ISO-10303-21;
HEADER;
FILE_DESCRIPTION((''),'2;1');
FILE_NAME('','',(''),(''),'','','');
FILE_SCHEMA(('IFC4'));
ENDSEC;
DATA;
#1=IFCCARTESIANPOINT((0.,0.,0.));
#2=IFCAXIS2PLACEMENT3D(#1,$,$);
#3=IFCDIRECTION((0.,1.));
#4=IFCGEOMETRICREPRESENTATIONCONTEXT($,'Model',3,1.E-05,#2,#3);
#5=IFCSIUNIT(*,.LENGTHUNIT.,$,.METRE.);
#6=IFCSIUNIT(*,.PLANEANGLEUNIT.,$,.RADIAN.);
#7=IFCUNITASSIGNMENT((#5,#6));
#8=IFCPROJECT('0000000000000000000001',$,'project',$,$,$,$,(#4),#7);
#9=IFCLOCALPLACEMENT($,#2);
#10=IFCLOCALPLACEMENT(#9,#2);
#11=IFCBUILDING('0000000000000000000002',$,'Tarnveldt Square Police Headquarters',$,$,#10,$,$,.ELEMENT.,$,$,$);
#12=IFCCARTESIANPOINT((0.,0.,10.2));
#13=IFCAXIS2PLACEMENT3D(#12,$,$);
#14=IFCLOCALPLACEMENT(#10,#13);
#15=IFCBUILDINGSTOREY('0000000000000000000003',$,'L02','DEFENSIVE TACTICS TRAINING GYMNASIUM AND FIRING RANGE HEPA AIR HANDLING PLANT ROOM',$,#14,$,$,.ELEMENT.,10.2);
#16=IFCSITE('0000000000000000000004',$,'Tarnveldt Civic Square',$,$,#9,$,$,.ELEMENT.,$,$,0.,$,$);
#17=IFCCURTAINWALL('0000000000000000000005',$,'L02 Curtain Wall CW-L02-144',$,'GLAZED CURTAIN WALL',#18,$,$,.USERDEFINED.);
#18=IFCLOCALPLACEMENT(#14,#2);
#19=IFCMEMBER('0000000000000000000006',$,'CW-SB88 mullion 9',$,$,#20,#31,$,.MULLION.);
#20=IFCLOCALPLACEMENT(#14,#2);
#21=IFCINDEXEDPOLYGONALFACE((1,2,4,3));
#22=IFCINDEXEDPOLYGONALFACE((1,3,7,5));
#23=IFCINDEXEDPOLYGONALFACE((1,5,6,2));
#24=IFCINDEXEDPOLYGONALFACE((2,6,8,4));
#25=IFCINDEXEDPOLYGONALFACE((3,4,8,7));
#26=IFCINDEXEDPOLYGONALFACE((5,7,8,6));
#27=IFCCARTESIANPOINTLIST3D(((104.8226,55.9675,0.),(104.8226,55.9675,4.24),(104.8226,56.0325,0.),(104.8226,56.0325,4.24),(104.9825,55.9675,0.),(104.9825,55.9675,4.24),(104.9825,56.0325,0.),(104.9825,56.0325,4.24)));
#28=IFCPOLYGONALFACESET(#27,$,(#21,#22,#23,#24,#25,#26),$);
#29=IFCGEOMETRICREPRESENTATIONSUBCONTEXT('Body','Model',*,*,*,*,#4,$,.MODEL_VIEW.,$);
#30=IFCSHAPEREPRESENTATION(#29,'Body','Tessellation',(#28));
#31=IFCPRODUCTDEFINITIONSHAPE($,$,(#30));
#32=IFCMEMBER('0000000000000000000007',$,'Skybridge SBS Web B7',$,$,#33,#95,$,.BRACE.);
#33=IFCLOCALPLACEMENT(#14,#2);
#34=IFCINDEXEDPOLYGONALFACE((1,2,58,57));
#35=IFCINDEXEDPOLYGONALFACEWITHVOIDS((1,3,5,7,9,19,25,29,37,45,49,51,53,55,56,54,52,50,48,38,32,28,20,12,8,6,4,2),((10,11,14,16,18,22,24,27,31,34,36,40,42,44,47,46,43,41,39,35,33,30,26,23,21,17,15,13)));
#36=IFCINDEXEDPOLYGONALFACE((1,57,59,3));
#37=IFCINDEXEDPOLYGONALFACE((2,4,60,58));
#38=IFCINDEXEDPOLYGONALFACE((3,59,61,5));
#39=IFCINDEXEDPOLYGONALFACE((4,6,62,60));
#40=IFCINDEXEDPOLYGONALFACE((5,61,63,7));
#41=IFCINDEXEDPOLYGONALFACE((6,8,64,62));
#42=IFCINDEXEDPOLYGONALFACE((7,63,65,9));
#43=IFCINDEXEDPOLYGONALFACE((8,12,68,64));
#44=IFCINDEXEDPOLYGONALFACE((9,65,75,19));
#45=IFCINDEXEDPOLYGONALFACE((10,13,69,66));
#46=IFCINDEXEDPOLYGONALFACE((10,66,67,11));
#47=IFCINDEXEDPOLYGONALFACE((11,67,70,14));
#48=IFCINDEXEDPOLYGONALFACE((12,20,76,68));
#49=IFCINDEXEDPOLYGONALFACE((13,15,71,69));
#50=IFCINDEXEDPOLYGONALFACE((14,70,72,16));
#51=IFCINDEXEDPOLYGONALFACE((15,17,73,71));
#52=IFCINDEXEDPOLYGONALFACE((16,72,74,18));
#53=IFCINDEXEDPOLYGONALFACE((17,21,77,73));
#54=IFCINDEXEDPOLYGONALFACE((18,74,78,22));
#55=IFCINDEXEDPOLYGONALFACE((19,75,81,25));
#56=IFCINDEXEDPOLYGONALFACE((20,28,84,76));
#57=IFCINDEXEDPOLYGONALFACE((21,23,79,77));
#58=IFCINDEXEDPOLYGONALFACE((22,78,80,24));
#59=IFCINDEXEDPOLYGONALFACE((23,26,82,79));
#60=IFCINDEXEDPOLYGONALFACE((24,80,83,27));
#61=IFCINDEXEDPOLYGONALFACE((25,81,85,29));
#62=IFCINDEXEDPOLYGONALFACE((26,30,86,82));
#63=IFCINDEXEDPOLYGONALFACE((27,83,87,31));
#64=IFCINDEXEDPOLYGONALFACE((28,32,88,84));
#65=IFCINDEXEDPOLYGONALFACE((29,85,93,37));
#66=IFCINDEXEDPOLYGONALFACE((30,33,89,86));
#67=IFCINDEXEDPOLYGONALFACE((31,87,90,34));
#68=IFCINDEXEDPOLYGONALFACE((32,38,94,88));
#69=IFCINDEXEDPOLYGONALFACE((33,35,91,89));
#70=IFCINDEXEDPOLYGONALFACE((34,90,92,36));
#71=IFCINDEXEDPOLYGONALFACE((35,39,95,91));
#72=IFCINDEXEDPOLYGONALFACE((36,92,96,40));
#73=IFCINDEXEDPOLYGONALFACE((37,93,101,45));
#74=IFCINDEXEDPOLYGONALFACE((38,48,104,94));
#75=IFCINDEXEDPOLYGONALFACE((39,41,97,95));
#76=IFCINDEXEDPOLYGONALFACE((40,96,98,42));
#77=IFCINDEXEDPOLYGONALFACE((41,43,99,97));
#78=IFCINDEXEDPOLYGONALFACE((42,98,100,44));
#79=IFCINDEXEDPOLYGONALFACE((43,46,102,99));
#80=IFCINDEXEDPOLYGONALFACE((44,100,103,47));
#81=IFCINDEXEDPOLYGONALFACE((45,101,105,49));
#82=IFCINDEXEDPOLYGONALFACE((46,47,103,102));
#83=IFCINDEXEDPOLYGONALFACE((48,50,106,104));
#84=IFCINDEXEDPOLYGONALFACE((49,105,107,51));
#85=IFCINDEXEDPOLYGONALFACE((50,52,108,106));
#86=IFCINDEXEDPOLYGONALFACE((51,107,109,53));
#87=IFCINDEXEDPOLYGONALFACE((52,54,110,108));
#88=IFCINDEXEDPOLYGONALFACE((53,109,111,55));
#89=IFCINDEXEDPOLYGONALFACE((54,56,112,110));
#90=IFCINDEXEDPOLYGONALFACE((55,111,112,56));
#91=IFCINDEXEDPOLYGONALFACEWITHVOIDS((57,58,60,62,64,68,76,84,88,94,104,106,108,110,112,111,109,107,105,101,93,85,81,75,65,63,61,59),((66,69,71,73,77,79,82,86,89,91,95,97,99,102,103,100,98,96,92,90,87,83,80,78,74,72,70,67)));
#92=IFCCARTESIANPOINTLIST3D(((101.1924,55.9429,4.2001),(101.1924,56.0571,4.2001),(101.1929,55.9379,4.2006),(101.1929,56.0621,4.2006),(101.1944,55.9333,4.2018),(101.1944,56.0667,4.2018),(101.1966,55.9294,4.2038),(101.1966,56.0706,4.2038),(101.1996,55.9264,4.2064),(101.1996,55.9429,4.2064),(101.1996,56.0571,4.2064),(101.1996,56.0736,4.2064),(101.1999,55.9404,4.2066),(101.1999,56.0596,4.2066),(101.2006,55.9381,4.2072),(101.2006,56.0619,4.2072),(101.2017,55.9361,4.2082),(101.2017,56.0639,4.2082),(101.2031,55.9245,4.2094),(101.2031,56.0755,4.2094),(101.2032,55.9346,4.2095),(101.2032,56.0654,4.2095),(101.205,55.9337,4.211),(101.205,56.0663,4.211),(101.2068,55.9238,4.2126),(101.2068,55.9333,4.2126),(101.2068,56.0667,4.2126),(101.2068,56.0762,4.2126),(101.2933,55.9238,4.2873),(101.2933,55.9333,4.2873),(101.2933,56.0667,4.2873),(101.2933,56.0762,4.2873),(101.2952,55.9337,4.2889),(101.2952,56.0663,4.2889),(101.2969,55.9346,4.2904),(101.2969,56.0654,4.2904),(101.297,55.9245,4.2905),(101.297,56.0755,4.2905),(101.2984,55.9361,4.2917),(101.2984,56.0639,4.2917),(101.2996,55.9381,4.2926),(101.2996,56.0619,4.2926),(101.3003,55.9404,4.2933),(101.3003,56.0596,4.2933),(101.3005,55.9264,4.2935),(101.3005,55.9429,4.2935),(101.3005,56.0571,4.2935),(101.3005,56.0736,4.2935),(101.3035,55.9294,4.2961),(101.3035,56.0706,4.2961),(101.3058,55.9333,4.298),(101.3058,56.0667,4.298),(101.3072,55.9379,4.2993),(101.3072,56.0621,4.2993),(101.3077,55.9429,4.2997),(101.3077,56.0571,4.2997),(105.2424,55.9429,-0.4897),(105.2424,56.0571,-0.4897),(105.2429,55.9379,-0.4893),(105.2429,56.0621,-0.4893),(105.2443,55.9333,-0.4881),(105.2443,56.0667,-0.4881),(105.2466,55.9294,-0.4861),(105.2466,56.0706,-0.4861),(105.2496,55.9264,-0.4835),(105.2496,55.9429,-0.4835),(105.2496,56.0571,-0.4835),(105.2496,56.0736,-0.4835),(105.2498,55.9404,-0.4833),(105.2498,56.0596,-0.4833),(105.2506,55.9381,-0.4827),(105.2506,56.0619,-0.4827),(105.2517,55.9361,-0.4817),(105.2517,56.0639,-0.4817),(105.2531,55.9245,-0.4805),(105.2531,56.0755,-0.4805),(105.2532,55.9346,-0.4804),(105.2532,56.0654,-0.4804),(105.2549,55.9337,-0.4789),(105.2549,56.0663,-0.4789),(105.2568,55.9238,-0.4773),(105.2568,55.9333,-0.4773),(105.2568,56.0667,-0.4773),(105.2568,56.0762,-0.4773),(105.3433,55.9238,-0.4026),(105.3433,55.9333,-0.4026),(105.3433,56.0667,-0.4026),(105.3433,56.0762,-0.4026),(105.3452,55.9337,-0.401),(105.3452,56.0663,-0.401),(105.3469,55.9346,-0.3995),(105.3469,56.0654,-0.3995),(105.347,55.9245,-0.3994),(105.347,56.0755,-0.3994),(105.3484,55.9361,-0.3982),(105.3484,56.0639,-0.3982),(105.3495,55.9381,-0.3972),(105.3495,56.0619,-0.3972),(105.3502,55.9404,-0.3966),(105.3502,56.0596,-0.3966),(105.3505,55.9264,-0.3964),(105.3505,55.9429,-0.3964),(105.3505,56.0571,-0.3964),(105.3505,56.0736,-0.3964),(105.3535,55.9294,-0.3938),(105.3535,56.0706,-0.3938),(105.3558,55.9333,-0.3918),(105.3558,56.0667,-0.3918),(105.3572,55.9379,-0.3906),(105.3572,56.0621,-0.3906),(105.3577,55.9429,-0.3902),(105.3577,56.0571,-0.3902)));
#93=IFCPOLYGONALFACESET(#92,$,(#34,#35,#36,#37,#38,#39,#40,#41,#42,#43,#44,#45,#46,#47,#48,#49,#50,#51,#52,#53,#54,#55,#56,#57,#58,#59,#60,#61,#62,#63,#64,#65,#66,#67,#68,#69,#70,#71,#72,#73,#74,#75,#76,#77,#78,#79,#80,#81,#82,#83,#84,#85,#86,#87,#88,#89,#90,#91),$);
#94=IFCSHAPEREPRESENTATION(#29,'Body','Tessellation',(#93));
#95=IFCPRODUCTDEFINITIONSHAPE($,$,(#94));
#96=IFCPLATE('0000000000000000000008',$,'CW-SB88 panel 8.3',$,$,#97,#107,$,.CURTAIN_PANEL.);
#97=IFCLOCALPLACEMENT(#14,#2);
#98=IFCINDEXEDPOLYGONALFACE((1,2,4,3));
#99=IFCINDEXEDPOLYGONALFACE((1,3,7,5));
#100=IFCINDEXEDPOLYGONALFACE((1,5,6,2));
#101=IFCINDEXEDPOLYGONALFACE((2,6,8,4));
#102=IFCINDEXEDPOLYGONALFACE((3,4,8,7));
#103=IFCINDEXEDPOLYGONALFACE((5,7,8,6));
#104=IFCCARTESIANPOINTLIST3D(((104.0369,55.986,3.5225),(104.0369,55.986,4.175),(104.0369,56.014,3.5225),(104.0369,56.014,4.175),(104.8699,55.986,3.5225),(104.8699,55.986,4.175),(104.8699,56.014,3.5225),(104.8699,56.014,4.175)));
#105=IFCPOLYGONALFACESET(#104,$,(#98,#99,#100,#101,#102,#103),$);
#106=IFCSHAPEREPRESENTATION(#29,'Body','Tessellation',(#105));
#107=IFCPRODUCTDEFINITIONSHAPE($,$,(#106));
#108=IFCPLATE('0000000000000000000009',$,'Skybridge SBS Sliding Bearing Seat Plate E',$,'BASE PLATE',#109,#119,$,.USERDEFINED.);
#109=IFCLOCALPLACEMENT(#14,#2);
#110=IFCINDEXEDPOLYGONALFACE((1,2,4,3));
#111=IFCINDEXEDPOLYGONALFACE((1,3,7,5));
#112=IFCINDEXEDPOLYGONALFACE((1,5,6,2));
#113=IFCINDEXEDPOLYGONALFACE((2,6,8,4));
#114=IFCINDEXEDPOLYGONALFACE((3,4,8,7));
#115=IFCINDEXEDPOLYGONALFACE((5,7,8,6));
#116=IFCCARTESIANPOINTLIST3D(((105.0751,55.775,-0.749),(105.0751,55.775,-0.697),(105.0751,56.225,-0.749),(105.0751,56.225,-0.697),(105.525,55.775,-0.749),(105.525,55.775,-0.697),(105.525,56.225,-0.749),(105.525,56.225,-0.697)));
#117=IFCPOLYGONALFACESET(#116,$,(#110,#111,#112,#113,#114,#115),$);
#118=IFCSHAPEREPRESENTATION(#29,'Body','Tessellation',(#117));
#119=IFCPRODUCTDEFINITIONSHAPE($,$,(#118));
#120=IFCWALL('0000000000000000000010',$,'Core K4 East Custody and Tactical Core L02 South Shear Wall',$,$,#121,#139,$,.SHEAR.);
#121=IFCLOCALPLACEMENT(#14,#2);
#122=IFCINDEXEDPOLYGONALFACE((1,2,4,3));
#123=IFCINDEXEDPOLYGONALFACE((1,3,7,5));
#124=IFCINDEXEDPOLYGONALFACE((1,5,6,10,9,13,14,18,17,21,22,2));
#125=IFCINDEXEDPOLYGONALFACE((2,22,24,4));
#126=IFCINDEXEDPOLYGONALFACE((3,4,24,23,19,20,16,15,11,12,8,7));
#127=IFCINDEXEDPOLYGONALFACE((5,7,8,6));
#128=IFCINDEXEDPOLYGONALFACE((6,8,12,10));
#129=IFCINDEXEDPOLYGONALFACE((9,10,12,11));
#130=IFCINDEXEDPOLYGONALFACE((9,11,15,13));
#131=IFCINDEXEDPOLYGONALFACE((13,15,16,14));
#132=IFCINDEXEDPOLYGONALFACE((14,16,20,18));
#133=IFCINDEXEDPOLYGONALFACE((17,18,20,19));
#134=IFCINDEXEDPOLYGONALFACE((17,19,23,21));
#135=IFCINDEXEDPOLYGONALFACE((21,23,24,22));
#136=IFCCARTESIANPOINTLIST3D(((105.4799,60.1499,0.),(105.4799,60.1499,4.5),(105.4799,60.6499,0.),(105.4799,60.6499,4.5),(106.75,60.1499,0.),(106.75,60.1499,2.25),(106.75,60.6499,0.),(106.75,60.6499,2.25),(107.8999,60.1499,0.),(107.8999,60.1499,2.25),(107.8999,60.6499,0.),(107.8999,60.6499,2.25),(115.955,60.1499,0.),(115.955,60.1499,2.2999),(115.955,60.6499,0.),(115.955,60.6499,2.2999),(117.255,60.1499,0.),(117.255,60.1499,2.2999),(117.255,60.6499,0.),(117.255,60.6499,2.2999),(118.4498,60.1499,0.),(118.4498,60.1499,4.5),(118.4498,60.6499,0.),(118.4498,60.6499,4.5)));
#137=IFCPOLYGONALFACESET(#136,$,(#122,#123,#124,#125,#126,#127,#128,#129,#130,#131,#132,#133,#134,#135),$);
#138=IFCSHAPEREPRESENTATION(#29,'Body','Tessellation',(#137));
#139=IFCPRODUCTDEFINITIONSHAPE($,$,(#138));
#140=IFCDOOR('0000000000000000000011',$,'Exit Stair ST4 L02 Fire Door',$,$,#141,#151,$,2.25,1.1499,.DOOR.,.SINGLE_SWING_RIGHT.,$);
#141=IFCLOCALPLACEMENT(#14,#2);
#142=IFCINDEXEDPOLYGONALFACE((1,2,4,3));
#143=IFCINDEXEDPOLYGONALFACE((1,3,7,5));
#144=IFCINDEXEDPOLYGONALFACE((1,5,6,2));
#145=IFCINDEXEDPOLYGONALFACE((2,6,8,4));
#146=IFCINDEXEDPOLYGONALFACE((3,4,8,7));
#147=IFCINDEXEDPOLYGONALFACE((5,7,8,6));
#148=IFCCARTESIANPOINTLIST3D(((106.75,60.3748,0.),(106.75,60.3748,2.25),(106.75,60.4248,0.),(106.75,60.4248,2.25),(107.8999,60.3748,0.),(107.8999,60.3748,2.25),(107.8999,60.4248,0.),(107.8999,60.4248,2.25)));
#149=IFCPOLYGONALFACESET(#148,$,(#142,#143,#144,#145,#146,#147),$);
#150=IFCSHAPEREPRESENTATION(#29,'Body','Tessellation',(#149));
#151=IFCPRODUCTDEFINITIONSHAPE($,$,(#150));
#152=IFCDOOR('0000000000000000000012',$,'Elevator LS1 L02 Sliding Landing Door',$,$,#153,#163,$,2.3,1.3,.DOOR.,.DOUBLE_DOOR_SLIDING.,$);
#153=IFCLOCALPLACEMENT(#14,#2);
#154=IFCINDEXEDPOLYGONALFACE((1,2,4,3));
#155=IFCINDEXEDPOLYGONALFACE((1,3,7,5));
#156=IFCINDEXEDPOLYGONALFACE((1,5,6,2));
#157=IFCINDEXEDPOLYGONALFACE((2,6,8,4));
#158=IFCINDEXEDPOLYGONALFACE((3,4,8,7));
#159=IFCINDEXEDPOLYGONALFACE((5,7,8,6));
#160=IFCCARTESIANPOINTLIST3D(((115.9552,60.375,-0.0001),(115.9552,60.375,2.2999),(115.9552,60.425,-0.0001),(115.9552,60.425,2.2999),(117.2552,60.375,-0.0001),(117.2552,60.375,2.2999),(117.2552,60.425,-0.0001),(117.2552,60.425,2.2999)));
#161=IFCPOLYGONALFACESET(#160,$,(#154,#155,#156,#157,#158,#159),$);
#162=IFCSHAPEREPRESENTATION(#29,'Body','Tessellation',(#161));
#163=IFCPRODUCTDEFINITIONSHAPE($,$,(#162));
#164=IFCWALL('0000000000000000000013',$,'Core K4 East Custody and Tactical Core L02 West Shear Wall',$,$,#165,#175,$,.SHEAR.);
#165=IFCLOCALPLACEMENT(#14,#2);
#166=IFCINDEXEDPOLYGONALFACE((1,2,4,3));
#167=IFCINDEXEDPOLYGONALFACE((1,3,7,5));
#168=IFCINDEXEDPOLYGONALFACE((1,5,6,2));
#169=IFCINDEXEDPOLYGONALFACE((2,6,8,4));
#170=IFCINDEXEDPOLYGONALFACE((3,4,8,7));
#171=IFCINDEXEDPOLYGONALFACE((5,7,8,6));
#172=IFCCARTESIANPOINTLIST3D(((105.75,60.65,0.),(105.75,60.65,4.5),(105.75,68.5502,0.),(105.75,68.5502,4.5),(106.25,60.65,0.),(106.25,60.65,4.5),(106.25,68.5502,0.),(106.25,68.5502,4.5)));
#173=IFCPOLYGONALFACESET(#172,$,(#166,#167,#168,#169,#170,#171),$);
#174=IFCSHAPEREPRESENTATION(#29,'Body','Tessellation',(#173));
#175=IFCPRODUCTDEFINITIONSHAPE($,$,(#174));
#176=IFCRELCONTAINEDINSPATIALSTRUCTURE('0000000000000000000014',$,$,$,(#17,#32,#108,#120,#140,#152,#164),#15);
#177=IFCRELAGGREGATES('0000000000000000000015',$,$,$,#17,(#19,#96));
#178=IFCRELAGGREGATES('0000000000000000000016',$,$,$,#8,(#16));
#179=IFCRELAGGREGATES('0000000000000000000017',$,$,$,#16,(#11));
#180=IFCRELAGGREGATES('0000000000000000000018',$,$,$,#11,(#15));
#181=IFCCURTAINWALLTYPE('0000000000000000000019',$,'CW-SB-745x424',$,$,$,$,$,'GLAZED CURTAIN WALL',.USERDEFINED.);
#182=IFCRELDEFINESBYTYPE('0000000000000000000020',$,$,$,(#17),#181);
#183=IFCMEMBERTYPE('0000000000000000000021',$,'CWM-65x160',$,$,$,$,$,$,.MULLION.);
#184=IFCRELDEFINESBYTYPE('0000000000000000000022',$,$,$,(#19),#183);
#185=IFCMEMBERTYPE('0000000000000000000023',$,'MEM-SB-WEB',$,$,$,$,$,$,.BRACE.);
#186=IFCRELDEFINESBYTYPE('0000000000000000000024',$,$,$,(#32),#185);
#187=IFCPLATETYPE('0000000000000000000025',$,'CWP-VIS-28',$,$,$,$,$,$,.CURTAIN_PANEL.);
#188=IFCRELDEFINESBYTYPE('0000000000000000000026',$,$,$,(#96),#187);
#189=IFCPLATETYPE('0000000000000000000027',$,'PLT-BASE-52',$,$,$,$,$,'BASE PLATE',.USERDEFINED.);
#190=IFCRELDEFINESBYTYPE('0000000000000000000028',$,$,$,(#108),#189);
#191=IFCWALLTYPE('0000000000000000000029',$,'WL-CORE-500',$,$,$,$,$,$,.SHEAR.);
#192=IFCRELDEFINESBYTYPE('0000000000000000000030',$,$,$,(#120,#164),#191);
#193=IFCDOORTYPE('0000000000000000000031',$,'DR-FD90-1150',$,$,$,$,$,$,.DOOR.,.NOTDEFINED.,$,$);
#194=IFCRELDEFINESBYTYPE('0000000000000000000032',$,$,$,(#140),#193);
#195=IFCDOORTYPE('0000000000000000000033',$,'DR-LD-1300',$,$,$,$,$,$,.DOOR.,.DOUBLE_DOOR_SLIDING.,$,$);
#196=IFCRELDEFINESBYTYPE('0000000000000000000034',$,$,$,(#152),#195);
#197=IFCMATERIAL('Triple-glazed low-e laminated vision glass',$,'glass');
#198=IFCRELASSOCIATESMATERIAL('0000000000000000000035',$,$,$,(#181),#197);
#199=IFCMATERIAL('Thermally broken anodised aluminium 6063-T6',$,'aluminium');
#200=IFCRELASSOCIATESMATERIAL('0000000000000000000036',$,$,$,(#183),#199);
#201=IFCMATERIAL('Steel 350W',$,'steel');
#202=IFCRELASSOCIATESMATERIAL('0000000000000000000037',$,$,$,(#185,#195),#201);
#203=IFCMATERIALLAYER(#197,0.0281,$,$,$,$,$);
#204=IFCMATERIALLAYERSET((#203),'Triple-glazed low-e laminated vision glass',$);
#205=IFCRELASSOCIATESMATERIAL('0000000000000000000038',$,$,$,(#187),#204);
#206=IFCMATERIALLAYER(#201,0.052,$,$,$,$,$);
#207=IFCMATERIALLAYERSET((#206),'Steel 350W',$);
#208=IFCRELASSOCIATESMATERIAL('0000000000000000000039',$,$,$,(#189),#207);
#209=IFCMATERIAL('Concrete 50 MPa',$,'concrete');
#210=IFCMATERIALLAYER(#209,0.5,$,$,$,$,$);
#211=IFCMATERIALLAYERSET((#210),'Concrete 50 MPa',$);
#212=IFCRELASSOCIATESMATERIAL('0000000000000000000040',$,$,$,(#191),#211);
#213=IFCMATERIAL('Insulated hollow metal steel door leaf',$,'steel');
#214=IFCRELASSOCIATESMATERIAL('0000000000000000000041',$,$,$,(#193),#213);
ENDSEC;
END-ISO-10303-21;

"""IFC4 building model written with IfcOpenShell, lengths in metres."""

from ifc_helpers import new_model, si_unit, direction, frame, frame_2d, origin, origin_2d, place, context, subcontext, project, spatial, rectangle, hollow_rectangle, extrude, material, layer, layer_set, material_profile, profile_set, type_object, element, fill, aggregate, save


model = new_model("IFC4")

# Units and contexts
model_context = context("Model", 3, precision=1e-05, world=origin(), true_north=direction((0.0, 1.0)))
body_context = subcontext(model_context, "Body", "Model", "MODEL_VIEW")
ifc_project = project(units=[si_unit("LENGTHUNIT", "METRE"), si_unit("PLANEANGLEUNIT", "RADIAN")], contexts=[model_context])

# Site, building, storey
site_placement = place(None, origin())
site = spatial("IfcSite", under=ifc_project, at=site_placement, Name="Tarnveldt Civic Square", CompositionType="ELEMENT", RefElevation=0.0)
building_placement = place(site_placement, origin())
building = spatial("IfcBuilding", under=site, at=building_placement, Name="Tarnveldt Square Police Headquarters", CompositionType="ELEMENT")
storey_placement = place(building_placement, frame((0.0, 0.0, 10.2)))
storey = spatial("IfcBuildingStorey", under=building, at=storey_placement, Name="L02", Description="DEFENSIVE TACTICS TRAINING GYMNASIUM AND FIRING RANGE HEPA AIR HANDLING PLANT ROOM", CompositionType="ELEMENT", Elevation=10.2)

# Shared definitions
ifc_material_1 = material(Name="Concrete 50 MPa", Category="concrete")

# Shared definitions
ifc_material_2 = material(Name="Steel 350W", Category="steel")

# Curtain wall, member
ifc_material_3 = material(Name="Triple-glazed low-e laminated vision glass", Category="glass")
curtain_wall_type = type_object("IfcCurtainWallType", Name="CW-SB-745x424", ElementType="GLAZED CURTAIN WALL", PredefinedType="USERDEFINED", material=ifc_material_3)
curtain_wall_placement = place(storey_placement, origin())
curtain_wall = element("IfcCurtainWall", 1, at=curtain_wall_placement, inside=storey, type_object=curtain_wall_type, Name="L02 Curtain Wall CW-L02-144", ObjectType="GLAZED CURTAIN WALL", PredefinedType="USERDEFINED")
ifc_material_4 = material(Name="Thermally broken anodised aluminium 6063-T6", Category="aluminium")
ifc_material_profile_1 = material_profile(ifc_material_4, rectangle(XDim=0.0649, YDim=0.1599, at=origin_2d()), Name="CW-M65x160")
ifc_profile_set_1 = profile_set([ifc_material_profile_1], Name="Thermally broken anodised aluminium 6063-T6")
member_type_1 = type_object("IfcMemberType", Name="CWM-65x160", PredefinedType="MULLION", material=ifc_profile_set_1)
member_1_placement = place(storey_placement, frame((104.9026, 56.0, 0.0), z_axis=(0.0, 0.0, 1.0), x_axis=(0.0, 1.0, 0.0)))
member_1 = element("IfcMember", 2, at=member_1_placement, type_object=member_type_1, Name="CW-SB88 mullion 9", PredefinedType="MULLION", context=body_context, shape_type="SweptSolid", body=[
    extrude(rectangle(XDim=0.0649, YDim=0.1599, at=origin_2d()), origin(), (0.0, 0.0, 1.0), 4.24),
])

# Member
ifc_material_profile_2 = material_profile(ifc_material_2, hollow_rectangle(XDim=0.1523, YDim=0.1523, WallThickness=0.0095, InnerFilletRadius=0.0095, OuterFilletRadius=0.019, at=origin_2d()), Name="HSS152x152x9.5")
ifc_profile_set_2 = profile_set([ifc_material_profile_2], Name="Steel 350W")
member_type_2 = type_object("IfcMemberType", Name="MEM-SB-WEB", PredefinedType="BRACE", material=ifc_profile_set_2)
member_2_placement = place(storey_placement, frame((105.3, 56.0, -0.4399), z_axis=(-0.653587, 0.0, 0.756851), x_axis=(0.0, -1.0, 0.0)))
element("IfcMember", 3, at=member_2_placement, inside=storey, type_object=member_type_2, Name="Skybridge SBS Web B7", PredefinedType="BRACE", context=body_context, shape_type="SweptSolid", body=[
    extrude(hollow_rectangle(XDim=0.1523, YDim=0.1523, WallThickness=0.0095, InnerFilletRadius=0.0095, OuterFilletRadius=0.019, at=origin_2d()), origin(), (0.0, 0.0, 1.0), 6.1965),
])

# Plates
ifc_layer_1 = layer(ifc_material_3, 0.0281)
ifc_layer_set_1 = layer_set([ifc_layer_1], Name="Triple-glazed low-e laminated vision glass")
plate_type_1 = type_object("IfcPlateType", Name="CWP-VIS-28", PredefinedType="CURTAIN_PANEL", material=ifc_layer_set_1)
plate_1_placement = place(storey_placement, frame((104.4534, 56.0, 3.5225), z_axis=(0.0, 0.0, 1.0), x_axis=(1.0, 0.0, 0.0)))
plate_1 = element("IfcPlate", 4, at=plate_1_placement, type_object=plate_type_1, Name="CW-SB88 panel 8.3", PredefinedType="CURTAIN_PANEL", context=body_context, shape_type="SweptSolid", body=[
    extrude(rectangle(XDim=0.833, YDim=0.0281, at=origin_2d()), origin(), (0.0, 0.0, 1.0), 0.6526),
])
aggregate(curtain_wall, [member_1, plate_1])
ifc_layer_2 = layer(ifc_material_2, 0.052)
ifc_layer_set_2 = layer_set([ifc_layer_2], Name="Steel 350W")
plate_type_2 = type_object("IfcPlateType", Name="PLT-BASE-52", ElementType="BASE PLATE", PredefinedType="USERDEFINED", material=ifc_layer_set_2)
plate_2_placement = place(storey_placement, frame((105.3, 56.0, -0.749), z_axis=(0.0, 0.0, 1.0), x_axis=(1.0, 0.0, 0.0)))
element("IfcPlate", 5, at=plate_2_placement, inside=storey, type_object=plate_type_2, Name="Skybridge SBS Sliding Bearing Seat Plate E", ObjectType="BASE PLATE", PredefinedType="USERDEFINED", context=body_context, shape_type="SweptSolid", body=[
    extrude(rectangle(XDim=0.45, YDim=0.45, at=origin_2d()), origin(), (0.0, 0.0, 1.0), 0.052),
])

# Wall, openings, doors
ifc_layer_3 = layer(ifc_material_1, 0.5)
ifc_layer_set_3 = layer_set([ifc_layer_3], Name="Concrete 50 MPa")
wall_type_1 = type_object("IfcWallType", Name="WL-CORE-500", PredefinedType="SHEAR", material=ifc_layer_set_3)
wall_1_placement = place(storey_placement, frame((105.48, 60.3999, 0.0), z_axis=(0.0, 0.0, 1.0), x_axis=(1.0, 0.0, 0.0)))
wall_1 = element("IfcWall", 6, at=wall_1_placement, inside=storey, type_object=wall_type_1, Name="Core K4 East Custody and Tactical Core L02 South Shear Wall", PredefinedType="SHEAR", context=body_context, shape_type="SweptSolid", body=[
    extrude(rectangle(XDim=12.97, YDim=0.5, at=frame_2d((6.4849, 0.0))), origin(), (0.0, 0.0, 1.0), 4.5),
])
opening_1_placement = place(wall_1_placement, frame((1.27, 0.0, 0.0)))
opening_1 = element("IfcOpeningElement", 7, at=opening_1_placement, cuts=wall_1, PredefinedType="OPENING", context=body_context, shape_type="SweptSolid", body=[
    extrude(rectangle(XDim=1.1499, YDim=2.25, at=frame_2d((0.575, 1.125))), frame((0.0, 0.26, 0.0), z_axis=(0.0, -1.0, 0.0), x_axis=(1.0, 0.0, 0.0)), (0.0, 0.0, 1.0), 0.52),
])
opening_2_placement = place(wall_1_placement, frame((10.4751, 0.0, 0.0)))
opening_2 = element("IfcOpeningElement", 8, at=opening_2_placement, cuts=wall_1, PredefinedType="OPENING", context=body_context, shape_type="SweptSolid", body=[
    extrude(rectangle(XDim=1.3, YDim=2.3, at=frame_2d((0.6499, 1.1499))), frame((0.0, 0.26, 0.0), z_axis=(0.0, -1.0, 0.0), x_axis=(1.0, 0.0, 0.0)), (0.0, 0.0, 1.0), 0.52),
])
ifc_material_5 = material(Name="Insulated hollow metal steel door leaf", Category="steel")
door_type_1 = type_object("IfcDoorType", Name="DR-FD90-1150", OperationType="NOTDEFINED", PredefinedType="DOOR", material=ifc_material_5)
door_1_placement = place(opening_1_placement, origin())
door_1 = element("IfcDoor", 9, at=door_1_placement, inside=storey, type_object=door_type_1, Name="Exit Stair ST4 L02 Fire Door", OperationType="SINGLE_SWING_RIGHT", OverallHeight=2.25, OverallWidth=1.1499, PredefinedType="DOOR", context=body_context, shape_type="SweptSolid", body=[
    extrude(rectangle(XDim=1.1499, YDim=2.25, at=frame_2d((0.575, 1.125))), frame((0.0, 0.0249, 0.0), z_axis=(0.0, -1.0, 0.0), x_axis=(1.0, 0.0, 0.0)), (0.0, 0.0, 1.0), 0.05),
])
fill(opening_1, door_1)
door_type_2 = type_object("IfcDoorType", Name="DR-LD-1300", OperationType="DOUBLE_DOOR_SLIDING", PredefinedType="DOOR", material=ifc_material_2)
door_2_placement = place(opening_2_placement, frame((1.3, 0.0, 0.0), z_axis=(0.0, 0.0, 1.0), x_axis=(-1.0, 0.0, 0.0)))
door_2 = element("IfcDoor", 10, at=door_2_placement, inside=storey, type_object=door_type_2, Name="Elevator LS1 L02 Sliding Landing Door", OperationType="DOUBLE_DOOR_SLIDING", OverallHeight=2.3, OverallWidth=1.3, PredefinedType="DOOR", context=body_context, shape_type="SweptSolid", body=[
    extrude(rectangle(XDim=1.3, YDim=2.3, at=frame_2d((0.6499, 1.1499))), frame((0.0, 0.0249, 0.0), z_axis=(0.0, -1.0, 0.0), x_axis=(1.0, 0.0, 0.0)), (0.0, 0.0, 1.0), 0.05),
])
fill(opening_2, door_2)

# Wall
wall_2_placement = place(storey_placement, frame((106.0, 60.6499, 0.0), z_axis=(0.0, 0.0, 1.0), x_axis=(0.0, 1.0, 0.0)))
element("IfcWall", 11, at=wall_2_placement, inside=storey, type_object=wall_type_1, Name="Core K4 East Custody and Tactical Core L02 West Shear Wall", PredefinedType="SHEAR", context=body_context, shape_type="SweptSolid", body=[
    extrude(rectangle(XDim=7.9001, YDim=0.5, at=frame_2d((3.9502, 0.0))), origin(), (0.0, 0.0, 1.0), 4.5),
])

save(model, "model.ifc")
